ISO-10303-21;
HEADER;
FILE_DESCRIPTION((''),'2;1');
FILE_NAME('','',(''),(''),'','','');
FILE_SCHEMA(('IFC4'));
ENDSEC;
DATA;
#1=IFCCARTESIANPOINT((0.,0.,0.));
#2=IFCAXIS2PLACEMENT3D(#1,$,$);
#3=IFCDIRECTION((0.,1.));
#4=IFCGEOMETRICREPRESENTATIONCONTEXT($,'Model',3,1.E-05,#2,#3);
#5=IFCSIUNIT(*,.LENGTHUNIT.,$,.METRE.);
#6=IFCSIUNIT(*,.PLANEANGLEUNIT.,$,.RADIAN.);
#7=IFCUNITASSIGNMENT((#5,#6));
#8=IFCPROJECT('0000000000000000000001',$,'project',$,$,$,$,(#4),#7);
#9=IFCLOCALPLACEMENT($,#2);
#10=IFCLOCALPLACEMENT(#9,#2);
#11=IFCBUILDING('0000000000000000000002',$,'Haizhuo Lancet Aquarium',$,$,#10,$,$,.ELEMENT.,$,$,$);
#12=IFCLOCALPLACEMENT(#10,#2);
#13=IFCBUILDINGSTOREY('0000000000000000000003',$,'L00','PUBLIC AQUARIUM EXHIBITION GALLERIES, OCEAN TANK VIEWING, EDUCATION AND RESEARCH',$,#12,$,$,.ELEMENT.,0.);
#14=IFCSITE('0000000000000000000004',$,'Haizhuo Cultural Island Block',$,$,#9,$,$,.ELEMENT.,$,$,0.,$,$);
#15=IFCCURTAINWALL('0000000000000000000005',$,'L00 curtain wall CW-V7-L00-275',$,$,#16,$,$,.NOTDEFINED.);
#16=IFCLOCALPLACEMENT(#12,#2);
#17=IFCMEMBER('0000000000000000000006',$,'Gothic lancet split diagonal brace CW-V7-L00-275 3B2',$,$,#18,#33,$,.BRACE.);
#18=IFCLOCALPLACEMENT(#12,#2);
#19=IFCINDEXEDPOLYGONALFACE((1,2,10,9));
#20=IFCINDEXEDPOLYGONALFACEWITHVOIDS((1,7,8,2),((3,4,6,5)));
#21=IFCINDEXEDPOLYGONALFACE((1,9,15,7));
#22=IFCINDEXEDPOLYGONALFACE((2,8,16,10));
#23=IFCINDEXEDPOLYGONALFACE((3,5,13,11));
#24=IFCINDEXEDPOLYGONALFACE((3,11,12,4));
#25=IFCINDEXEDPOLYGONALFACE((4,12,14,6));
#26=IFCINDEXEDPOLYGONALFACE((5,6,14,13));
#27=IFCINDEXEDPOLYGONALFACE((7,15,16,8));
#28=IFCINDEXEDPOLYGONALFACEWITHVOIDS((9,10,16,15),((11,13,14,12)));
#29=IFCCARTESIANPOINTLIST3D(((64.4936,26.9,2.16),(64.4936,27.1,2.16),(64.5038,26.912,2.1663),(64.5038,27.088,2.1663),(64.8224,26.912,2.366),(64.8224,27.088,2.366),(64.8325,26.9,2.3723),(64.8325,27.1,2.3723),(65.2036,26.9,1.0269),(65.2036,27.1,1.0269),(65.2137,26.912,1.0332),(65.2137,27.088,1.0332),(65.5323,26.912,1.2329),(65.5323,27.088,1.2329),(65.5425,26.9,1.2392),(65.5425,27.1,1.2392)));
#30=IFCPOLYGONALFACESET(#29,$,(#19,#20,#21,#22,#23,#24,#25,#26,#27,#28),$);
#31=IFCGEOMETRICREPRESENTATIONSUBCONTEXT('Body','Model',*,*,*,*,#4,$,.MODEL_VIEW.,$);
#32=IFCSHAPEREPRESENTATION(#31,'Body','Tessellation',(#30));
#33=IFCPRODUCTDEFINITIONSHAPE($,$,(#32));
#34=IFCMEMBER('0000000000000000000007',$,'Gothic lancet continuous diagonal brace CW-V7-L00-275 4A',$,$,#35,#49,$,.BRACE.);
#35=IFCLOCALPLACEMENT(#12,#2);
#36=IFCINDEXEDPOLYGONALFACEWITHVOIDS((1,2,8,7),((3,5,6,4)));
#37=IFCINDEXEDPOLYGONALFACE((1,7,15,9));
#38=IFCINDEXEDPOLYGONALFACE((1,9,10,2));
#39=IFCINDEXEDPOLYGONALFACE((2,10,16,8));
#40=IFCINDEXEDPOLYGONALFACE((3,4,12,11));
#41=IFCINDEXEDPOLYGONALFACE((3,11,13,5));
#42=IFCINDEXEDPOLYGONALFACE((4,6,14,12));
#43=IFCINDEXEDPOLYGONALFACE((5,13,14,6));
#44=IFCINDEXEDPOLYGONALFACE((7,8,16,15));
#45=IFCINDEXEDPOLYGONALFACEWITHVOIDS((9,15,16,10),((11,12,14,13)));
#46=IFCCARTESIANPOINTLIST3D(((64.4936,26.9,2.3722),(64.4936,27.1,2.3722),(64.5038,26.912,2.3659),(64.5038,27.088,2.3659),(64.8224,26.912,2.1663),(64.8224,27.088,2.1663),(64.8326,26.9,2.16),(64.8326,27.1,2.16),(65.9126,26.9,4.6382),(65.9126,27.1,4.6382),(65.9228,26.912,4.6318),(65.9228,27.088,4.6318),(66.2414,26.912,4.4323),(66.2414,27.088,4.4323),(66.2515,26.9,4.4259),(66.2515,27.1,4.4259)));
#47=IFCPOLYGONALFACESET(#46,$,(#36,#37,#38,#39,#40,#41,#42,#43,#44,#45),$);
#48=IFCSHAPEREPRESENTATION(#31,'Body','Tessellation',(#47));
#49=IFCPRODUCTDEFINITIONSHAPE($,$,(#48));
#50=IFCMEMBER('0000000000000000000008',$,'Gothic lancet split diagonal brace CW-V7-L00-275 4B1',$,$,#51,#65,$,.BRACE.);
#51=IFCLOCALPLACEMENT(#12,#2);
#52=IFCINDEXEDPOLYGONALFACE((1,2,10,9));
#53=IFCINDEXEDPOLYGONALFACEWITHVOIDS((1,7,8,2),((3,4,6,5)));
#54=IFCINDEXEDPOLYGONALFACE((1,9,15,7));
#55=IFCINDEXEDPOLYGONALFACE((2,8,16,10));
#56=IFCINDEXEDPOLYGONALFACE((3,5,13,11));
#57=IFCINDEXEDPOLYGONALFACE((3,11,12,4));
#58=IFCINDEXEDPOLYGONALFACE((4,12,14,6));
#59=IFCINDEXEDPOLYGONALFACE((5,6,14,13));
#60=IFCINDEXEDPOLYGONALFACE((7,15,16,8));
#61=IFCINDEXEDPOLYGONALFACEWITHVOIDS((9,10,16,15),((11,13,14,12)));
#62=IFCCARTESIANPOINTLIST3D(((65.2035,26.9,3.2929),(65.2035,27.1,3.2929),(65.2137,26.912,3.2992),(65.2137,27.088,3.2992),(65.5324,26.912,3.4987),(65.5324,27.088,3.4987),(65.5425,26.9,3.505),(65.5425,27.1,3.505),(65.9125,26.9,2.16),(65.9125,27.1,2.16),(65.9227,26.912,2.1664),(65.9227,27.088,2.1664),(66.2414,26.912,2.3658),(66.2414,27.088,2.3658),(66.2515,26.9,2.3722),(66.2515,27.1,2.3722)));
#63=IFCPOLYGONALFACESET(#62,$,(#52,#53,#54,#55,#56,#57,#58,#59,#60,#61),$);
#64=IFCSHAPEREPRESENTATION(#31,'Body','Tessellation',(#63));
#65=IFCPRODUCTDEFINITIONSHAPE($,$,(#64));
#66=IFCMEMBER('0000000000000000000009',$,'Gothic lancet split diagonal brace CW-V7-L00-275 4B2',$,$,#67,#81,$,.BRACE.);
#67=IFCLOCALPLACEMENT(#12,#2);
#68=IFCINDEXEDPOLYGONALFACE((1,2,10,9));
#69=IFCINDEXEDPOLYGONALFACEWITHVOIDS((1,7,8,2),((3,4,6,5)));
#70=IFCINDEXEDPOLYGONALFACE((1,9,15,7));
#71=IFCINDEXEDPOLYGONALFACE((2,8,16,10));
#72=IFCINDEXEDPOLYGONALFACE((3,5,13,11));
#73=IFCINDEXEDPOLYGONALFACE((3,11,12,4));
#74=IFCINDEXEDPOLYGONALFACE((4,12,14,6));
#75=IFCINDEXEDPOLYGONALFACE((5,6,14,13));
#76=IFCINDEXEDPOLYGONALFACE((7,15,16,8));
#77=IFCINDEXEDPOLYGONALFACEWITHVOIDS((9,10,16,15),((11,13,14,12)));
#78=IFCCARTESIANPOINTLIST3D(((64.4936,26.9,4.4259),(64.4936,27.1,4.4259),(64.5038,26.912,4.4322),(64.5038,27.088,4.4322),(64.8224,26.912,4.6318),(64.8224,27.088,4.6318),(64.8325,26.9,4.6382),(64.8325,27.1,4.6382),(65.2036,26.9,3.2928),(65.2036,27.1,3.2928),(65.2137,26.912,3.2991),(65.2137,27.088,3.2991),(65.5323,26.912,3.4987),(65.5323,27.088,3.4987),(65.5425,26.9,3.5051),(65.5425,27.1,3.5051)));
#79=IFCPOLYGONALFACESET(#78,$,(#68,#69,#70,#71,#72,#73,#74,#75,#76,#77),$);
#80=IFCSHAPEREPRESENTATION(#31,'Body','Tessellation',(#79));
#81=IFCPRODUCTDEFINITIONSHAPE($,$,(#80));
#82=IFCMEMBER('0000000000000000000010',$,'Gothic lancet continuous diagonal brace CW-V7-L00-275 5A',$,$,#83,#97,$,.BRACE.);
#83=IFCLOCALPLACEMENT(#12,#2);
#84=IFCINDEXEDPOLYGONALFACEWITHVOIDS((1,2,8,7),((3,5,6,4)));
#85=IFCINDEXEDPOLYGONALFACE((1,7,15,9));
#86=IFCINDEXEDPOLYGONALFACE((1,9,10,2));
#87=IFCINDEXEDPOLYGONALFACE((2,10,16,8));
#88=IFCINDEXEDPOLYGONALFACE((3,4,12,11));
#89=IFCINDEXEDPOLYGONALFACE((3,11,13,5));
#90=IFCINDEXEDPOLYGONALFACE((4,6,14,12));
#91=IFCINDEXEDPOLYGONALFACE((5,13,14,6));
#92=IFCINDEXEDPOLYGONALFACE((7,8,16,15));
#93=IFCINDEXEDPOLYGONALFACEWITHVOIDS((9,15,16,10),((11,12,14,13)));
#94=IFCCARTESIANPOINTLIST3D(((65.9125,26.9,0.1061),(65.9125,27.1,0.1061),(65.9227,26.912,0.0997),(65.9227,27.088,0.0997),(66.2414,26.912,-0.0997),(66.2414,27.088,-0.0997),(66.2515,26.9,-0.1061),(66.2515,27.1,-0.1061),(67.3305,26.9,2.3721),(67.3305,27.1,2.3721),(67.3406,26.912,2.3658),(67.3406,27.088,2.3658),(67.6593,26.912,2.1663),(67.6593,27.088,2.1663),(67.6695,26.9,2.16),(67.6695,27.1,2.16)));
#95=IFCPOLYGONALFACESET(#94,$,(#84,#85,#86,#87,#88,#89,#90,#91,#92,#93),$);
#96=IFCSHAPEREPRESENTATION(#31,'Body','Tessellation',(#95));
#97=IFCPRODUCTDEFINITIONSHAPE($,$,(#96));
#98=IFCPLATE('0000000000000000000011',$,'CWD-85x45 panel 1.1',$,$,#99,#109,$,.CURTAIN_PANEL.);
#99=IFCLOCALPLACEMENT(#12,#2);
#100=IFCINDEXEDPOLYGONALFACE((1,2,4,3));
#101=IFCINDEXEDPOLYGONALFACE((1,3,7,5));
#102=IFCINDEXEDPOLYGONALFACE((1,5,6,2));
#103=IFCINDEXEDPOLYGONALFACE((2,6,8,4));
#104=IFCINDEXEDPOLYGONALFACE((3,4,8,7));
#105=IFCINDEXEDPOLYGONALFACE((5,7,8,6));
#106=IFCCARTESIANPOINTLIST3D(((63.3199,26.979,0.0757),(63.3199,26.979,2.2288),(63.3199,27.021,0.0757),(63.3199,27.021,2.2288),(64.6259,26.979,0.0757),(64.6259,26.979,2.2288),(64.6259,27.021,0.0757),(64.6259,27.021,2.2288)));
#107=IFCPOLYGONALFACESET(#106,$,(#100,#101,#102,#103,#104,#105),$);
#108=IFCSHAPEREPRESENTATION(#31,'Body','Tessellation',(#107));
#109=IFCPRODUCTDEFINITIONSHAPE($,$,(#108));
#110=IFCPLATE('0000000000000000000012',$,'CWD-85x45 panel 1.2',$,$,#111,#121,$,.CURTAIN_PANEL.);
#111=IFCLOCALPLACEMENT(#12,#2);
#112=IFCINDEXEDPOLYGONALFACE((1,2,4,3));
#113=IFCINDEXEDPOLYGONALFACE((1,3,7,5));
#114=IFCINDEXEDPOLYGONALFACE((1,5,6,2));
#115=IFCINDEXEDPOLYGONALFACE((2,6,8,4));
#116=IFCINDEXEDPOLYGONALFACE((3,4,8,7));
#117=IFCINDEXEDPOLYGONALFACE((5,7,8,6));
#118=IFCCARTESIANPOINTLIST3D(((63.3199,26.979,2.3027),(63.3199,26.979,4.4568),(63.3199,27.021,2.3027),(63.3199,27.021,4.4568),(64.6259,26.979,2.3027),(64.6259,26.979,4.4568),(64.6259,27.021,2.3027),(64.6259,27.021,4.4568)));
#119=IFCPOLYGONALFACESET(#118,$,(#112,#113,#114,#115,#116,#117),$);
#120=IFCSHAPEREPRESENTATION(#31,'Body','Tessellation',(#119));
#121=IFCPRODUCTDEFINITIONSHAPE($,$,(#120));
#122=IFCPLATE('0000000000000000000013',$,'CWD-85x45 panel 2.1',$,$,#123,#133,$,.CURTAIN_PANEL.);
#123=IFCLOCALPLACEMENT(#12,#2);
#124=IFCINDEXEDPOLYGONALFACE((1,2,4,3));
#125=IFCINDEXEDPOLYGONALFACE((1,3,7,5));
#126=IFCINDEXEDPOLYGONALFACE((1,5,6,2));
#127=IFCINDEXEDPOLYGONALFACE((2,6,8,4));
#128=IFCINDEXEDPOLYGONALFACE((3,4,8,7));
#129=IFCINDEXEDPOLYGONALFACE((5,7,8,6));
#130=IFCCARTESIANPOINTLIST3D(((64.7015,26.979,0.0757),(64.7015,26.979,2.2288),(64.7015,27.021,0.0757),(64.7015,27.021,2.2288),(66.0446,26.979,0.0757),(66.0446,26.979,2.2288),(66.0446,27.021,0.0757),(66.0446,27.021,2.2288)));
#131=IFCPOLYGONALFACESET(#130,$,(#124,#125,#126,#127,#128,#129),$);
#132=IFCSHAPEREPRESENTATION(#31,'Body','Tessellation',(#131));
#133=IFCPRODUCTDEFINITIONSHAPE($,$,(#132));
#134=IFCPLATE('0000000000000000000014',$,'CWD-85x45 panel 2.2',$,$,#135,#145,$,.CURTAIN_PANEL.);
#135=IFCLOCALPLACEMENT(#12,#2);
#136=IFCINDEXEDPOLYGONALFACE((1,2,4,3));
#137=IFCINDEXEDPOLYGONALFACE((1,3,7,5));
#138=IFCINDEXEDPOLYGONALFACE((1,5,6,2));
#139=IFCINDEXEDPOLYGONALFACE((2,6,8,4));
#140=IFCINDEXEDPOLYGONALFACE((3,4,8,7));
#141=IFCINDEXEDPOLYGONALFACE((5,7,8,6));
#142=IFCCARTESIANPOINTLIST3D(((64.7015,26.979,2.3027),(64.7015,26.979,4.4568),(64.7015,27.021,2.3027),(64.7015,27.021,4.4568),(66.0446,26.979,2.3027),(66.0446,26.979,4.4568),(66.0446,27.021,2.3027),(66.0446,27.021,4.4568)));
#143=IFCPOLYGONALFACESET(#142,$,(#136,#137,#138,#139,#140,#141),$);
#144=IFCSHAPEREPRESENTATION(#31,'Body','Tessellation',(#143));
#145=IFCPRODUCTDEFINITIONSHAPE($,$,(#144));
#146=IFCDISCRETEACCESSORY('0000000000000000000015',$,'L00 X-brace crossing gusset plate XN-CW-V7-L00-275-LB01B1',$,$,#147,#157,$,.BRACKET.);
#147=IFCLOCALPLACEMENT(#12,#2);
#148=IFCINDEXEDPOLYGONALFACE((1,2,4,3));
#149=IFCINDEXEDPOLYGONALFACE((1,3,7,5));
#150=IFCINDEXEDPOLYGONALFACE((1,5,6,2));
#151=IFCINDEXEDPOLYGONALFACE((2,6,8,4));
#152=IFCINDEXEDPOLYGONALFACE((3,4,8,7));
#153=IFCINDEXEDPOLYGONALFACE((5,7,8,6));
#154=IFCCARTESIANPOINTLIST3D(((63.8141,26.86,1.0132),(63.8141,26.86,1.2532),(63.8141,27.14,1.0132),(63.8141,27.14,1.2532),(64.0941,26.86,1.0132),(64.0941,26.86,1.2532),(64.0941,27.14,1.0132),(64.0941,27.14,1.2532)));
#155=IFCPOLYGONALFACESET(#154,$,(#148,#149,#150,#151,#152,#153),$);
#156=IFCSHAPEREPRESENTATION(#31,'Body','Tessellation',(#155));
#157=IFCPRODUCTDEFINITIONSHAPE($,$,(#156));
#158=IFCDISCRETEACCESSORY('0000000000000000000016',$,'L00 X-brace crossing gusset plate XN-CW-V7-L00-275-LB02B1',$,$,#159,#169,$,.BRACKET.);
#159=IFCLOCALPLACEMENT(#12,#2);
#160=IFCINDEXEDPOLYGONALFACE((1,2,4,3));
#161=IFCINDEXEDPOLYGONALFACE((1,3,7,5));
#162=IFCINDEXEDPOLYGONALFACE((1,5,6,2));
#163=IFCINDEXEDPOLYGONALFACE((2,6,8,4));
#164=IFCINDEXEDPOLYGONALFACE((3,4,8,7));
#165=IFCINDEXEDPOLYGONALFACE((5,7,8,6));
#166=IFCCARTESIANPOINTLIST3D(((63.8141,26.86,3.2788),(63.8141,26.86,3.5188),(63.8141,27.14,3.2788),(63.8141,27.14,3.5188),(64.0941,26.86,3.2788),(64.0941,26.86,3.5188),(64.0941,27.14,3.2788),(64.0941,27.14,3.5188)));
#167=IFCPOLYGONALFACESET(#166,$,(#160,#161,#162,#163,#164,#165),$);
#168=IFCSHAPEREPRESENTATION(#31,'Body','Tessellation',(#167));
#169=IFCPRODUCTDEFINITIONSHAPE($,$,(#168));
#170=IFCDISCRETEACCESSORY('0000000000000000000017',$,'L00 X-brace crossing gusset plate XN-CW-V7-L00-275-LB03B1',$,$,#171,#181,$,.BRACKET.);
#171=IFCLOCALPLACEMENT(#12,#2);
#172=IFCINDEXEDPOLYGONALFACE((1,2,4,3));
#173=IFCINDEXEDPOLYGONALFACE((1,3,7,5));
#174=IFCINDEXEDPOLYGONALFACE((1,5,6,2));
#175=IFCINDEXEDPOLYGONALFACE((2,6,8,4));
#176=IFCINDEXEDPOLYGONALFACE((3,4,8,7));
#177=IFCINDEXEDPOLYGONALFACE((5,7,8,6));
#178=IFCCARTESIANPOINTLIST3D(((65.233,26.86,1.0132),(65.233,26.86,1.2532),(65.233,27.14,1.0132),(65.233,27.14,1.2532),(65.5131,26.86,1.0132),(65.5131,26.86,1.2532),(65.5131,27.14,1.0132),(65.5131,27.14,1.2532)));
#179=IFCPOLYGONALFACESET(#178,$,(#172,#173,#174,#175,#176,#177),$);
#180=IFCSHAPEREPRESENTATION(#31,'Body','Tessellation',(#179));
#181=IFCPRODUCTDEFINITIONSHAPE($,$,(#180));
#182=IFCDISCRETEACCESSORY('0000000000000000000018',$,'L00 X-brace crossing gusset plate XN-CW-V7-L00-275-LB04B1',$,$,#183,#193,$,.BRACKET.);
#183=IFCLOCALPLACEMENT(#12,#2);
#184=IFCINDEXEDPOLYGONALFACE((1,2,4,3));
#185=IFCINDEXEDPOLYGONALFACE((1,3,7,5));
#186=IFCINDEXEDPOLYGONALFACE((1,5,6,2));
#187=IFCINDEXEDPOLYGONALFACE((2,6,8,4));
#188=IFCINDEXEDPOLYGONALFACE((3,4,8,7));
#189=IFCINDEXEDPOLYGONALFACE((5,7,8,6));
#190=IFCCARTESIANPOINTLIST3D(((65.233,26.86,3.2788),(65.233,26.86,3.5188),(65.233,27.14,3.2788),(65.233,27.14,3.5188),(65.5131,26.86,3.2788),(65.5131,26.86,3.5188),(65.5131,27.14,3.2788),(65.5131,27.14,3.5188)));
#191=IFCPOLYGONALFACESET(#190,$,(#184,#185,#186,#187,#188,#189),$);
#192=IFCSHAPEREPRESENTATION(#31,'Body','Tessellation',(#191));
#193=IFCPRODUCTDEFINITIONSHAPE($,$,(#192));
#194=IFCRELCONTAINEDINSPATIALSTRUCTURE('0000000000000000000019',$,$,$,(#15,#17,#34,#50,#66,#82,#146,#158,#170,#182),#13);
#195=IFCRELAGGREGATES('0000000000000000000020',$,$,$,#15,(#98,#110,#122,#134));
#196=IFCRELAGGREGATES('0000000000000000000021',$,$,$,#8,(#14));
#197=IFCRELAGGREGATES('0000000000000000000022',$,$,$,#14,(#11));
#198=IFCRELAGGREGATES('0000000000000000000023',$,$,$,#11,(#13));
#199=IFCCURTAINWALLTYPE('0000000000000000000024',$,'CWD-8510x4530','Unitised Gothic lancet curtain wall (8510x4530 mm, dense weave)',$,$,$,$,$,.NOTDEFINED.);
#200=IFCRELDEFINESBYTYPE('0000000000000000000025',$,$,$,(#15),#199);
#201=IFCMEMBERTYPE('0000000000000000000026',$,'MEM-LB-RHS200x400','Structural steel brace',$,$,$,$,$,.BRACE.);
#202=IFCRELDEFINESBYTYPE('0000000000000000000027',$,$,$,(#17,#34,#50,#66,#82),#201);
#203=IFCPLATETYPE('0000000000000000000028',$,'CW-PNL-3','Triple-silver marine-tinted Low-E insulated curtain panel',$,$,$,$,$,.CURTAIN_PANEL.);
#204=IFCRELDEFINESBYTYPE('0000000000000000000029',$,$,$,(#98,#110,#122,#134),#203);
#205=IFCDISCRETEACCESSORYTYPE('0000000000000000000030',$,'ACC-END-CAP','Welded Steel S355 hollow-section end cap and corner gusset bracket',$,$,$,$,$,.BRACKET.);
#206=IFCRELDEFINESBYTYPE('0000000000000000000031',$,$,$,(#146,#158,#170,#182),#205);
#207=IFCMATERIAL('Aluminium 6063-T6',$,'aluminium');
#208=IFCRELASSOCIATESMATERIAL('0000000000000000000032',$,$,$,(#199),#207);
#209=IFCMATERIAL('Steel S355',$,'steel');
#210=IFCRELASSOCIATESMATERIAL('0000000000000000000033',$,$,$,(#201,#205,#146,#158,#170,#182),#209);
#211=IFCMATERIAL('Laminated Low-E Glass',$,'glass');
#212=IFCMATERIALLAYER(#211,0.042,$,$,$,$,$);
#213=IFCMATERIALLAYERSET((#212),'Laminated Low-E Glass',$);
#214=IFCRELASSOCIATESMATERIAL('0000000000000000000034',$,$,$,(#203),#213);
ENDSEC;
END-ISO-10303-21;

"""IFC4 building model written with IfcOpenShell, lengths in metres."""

from ifc_helpers import new_model, si_unit, direction, frame, origin, origin_2d, place, context, subcontext, project, spatial, rectangle, hollow_rectangle, extrude, material, layer, layer_set, material_profile, profile_set, type_object, element, aggregate, save


model = new_model("IFC4")

# Units and contexts
model_context = context("Model", 3, precision=1e-05, world=origin(), true_north=direction((0.0, 1.0)))
body_context = subcontext(model_context, "Body", "Model", "MODEL_VIEW")
ifc_project = project(units=[si_unit("LENGTHUNIT", "METRE"), si_unit("PLANEANGLEUNIT", "RADIAN")], contexts=[model_context])

# Site, building, storey
site_placement = place(None, origin())
site = spatial("IfcSite", under=ifc_project, at=site_placement, Name="Haizhuo Cultural Island Block", CompositionType="ELEMENT", RefElevation=0.0)
building_placement = place(site_placement, origin())
building = spatial("IfcBuilding", under=site, at=building_placement, Name="Haizhuo Lancet Aquarium", CompositionType="ELEMENT")
storey_placement = place(building_placement, origin())
storey = spatial("IfcBuildingStorey", under=building, at=storey_placement, Name="L00", Description="PUBLIC AQUARIUM EXHIBITION GALLERIES, OCEAN TANK VIEWING, EDUCATION AND RESEARCH", CompositionType="ELEMENT", Elevation=0.0)

# Shared definitions
ifc_material_1 = material(Name="Steel S355", Category="steel")

# Curtain wall
ifc_material_2 = material(Name="Aluminium 6063-T6", Category="aluminium")
curtain_wall_type = type_object("IfcCurtainWallType", Name="CWD-8510x4530", Description="Unitised Gothic lancet curtain wall (8510x4530 mm, dense weave)", PredefinedType="NOTDEFINED", material=ifc_material_2)
curtain_wall_placement = place(storey_placement, origin())
curtain_wall = element("IfcCurtainWall", 1, at=curtain_wall_placement, inside=storey, type_object=curtain_wall_type, Name="L00 curtain wall CW-V7-L00-275", PredefinedType="NOTDEFINED")

# Members
ifc_material_profile_1 = material_profile(ifc_material_1, hollow_rectangle(XDim=0.2, YDim=0.3999, WallThickness=0.012, at=origin_2d()), Name="RHS 200x400x12")
ifc_profile_set_1 = profile_set([ifc_material_profile_1], Name="Steel S355")
member_type_1 = type_object("IfcMemberType", Name="MEM-LB-RHS200x400", Description="Structural steel brace", PredefinedType="BRACE", material=ifc_profile_set_1)
member_1_placement = place(storey_placement, frame((65.373, 27.0, 1.1331), z_axis=(-0.530967, 0.0, 0.847393), x_axis=(0.0, -1.0, 0.0)))
element("IfcMember", 2, at=member_1_placement, inside=storey, type_object=member_type_1, Name="Gothic lancet split diagonal brace CW-V7-L00-275 3B2", PredefinedType="BRACE", context=body_context, shape_type="SweptSolid", body=[
    extrude(hollow_rectangle(XDim=0.2, YDim=0.3999, WallThickness=0.012, at=origin_2d()), origin(), (0.0, 0.0, 1.0), 1.3372),
])
member_2_placement = place(storey_placement, frame((64.6631, 27.0, 2.2661), z_axis=(0.530746, 0.0, 0.847531), x_axis=(0.0, 1.0, 0.0)))
element("IfcMember", 3, at=member_2_placement, inside=storey, type_object=member_type_1, Name="Gothic lancet continuous diagonal brace CW-V7-L00-275 4A", PredefinedType="BRACE", context=body_context, shape_type="SweptSolid", body=[
    extrude(hollow_rectangle(XDim=0.2, YDim=0.3999, WallThickness=0.012, at=origin_2d()), origin(), (0.0, 0.0, 1.0), 2.6736),
])
member_3_placement = place(storey_placement, frame((66.082, 27.0, 2.2661), z_axis=(-0.530524, 0.0, 0.84767), x_axis=(0.0, -1.0, 0.0)))
element("IfcMember", 4, at=member_3_placement, inside=storey, type_object=member_type_1, Name="Gothic lancet split diagonal brace CW-V7-L00-275 4B1", PredefinedType="BRACE", context=body_context, shape_type="SweptSolid", body=[
    extrude(hollow_rectangle(XDim=0.2, YDim=0.3999, WallThickness=0.012, at=origin_2d()), origin(), (0.0, 0.0, 1.0), 1.3364),
])
member_4_placement = place(storey_placement, frame((65.373, 27.0, 3.3989), z_axis=(-0.530967, 0.0, 0.847393), x_axis=(0.0, -1.0, 0.0)))
element("IfcMember", 5, at=member_4_placement, inside=storey, type_object=member_type_1, Name="Gothic lancet split diagonal brace CW-V7-L00-275 4B2", PredefinedType="BRACE", context=body_context, shape_type="SweptSolid", body=[
    extrude(hollow_rectangle(XDim=0.2, YDim=0.3999, WallThickness=0.012, at=origin_2d()), origin(), (0.0, 0.0, 1.0), 1.3372),
])
member_5_placement = place(storey_placement, frame((66.082, 27.0, 0.0), z_axis=(0.530442, 0.0, 0.847721), x_axis=(0.0, 1.0, 0.0)))
element("IfcMember", 6, at=member_5_placement, inside=storey, type_object=member_type_1, Name="Gothic lancet continuous diagonal brace CW-V7-L00-275 5A", PredefinedType="BRACE", context=body_context, shape_type="SweptSolid", body=[
    extrude(hollow_rectangle(XDim=0.2, YDim=0.3999, WallThickness=0.012, at=origin_2d()), origin(), (0.0, 0.0, 1.0), 2.6731),
])

# Plates
ifc_material_3 = material(Name="Laminated Low-E Glass", Category="glass")
ifc_layer = layer(ifc_material_3, 0.042)
ifc_layer_set = layer_set([ifc_layer], Name="Laminated Low-E Glass")
plate_type = type_object("IfcPlateType", Name="CW-PNL-3", Description="Triple-silver marine-tinted Low-E insulated curtain panel", PredefinedType="CURTAIN_PANEL", material=ifc_layer_set)
plate_1_placement = place(storey_placement, frame((63.9729, 27.0, 0.0757), z_axis=(0.0, 0.0, 1.0), x_axis=(1.0, 0.0, 0.0)))
plate_1 = element("IfcPlate", 7, at=plate_1_placement, type_object=plate_type, Name="CWD-85x45 panel 1.1", PredefinedType="CURTAIN_PANEL", context=body_context, shape_type="SweptSolid", body=[
    extrude(rectangle(XDim=1.3059, YDim=0.042, at=origin_2d()), origin(), (0.0, 0.0, 1.0), 2.1531),
])
plate_2_placement = place(storey_placement, frame((63.9729, 27.0, 2.3027), z_axis=(0.0, 0.0, 1.0), x_axis=(1.0, 0.0, 0.0)))
plate_2 = element("IfcPlate", 8, at=plate_2_placement, type_object=plate_type, Name="CWD-85x45 panel 1.2", PredefinedType="CURTAIN_PANEL", context=body_context, shape_type="SweptSolid", body=[
    extrude(rectangle(XDim=1.3059, YDim=0.042, at=origin_2d()), origin(), (0.0, 0.0, 1.0), 2.1541),
])
plate_3_placement = place(storey_placement, frame((65.373, 27.0, 0.0757), z_axis=(0.0, 0.0, 1.0), x_axis=(1.0, 0.0, 0.0)))
plate_3 = element("IfcPlate", 9, at=plate_3_placement, type_object=plate_type, Name="CWD-85x45 panel 2.1", PredefinedType="CURTAIN_PANEL", context=body_context, shape_type="SweptSolid", body=[
    extrude(rectangle(XDim=1.343, YDim=0.042, at=origin_2d()), origin(), (0.0, 0.0, 1.0), 2.1531),
])
plate_4_placement = place(storey_placement, frame((65.373, 27.0, 2.3027), z_axis=(0.0, 0.0, 1.0), x_axis=(1.0, 0.0, 0.0)))
plate_4 = element("IfcPlate", 10, at=plate_4_placement, type_object=plate_type, Name="CWD-85x45 panel 2.2", PredefinedType="CURTAIN_PANEL", context=body_context, shape_type="SweptSolid", body=[
    extrude(rectangle(XDim=1.343, YDim=0.042, at=origin_2d()), origin(), (0.0, 0.0, 1.0), 2.1541),
])
aggregate(curtain_wall, [plate_1, plate_2, plate_3, plate_4])

# Discrete accessories
discrete_accessory_type = type_object("IfcDiscreteAccessoryType", Name="ACC-END-CAP", Description="Welded Steel S355 hollow-section end cap and corner gusset bracket", PredefinedType="BRACKET", material=ifc_material_1)
for number, where, z_axis, x_axis, name in (
    (11, (63.9541, 27.0, 1.0132), (0.0, 0.0, 1.0), (1.0, 0.0, 0.0), "L00 X-brace crossing gusset plate XN-CW-V7-L00-275-LB01B1"),
    (12, (63.9541, 27.0, 3.2788), (0.0, 0.0, 1.0), (1.0, 0.0, 0.0), "L00 X-brace crossing gusset plate XN-CW-V7-L00-275-LB02B1"),
    (13, (65.373, 27.0, 1.0132), (0.0, 0.0, 1.0), (1.0, 0.0, 0.0), "L00 X-brace crossing gusset plate XN-CW-V7-L00-275-LB03B1"),
    (14, (65.373, 27.0, 3.2788), (0.0, 0.0, 1.0), (1.0, 0.0, 0.0), "L00 X-brace crossing gusset plate XN-CW-V7-L00-275-LB04B1"),
):
    element("IfcDiscreteAccessory", number, at=place(storey_placement, frame(where, z_axis=z_axis, x_axis=x_axis)), inside=storey, type_object=discrete_accessory_type, material=ifc_material_1, Name=name, PredefinedType="BRACKET", context=body_context, shape_type="SweptSolid", body=[
        extrude(rectangle(XDim=0.28, YDim=0.28, at=origin_2d()), origin(), (0.0, 0.0, 1.0), 0.24),
    ])

save(model, "model.ifc")
